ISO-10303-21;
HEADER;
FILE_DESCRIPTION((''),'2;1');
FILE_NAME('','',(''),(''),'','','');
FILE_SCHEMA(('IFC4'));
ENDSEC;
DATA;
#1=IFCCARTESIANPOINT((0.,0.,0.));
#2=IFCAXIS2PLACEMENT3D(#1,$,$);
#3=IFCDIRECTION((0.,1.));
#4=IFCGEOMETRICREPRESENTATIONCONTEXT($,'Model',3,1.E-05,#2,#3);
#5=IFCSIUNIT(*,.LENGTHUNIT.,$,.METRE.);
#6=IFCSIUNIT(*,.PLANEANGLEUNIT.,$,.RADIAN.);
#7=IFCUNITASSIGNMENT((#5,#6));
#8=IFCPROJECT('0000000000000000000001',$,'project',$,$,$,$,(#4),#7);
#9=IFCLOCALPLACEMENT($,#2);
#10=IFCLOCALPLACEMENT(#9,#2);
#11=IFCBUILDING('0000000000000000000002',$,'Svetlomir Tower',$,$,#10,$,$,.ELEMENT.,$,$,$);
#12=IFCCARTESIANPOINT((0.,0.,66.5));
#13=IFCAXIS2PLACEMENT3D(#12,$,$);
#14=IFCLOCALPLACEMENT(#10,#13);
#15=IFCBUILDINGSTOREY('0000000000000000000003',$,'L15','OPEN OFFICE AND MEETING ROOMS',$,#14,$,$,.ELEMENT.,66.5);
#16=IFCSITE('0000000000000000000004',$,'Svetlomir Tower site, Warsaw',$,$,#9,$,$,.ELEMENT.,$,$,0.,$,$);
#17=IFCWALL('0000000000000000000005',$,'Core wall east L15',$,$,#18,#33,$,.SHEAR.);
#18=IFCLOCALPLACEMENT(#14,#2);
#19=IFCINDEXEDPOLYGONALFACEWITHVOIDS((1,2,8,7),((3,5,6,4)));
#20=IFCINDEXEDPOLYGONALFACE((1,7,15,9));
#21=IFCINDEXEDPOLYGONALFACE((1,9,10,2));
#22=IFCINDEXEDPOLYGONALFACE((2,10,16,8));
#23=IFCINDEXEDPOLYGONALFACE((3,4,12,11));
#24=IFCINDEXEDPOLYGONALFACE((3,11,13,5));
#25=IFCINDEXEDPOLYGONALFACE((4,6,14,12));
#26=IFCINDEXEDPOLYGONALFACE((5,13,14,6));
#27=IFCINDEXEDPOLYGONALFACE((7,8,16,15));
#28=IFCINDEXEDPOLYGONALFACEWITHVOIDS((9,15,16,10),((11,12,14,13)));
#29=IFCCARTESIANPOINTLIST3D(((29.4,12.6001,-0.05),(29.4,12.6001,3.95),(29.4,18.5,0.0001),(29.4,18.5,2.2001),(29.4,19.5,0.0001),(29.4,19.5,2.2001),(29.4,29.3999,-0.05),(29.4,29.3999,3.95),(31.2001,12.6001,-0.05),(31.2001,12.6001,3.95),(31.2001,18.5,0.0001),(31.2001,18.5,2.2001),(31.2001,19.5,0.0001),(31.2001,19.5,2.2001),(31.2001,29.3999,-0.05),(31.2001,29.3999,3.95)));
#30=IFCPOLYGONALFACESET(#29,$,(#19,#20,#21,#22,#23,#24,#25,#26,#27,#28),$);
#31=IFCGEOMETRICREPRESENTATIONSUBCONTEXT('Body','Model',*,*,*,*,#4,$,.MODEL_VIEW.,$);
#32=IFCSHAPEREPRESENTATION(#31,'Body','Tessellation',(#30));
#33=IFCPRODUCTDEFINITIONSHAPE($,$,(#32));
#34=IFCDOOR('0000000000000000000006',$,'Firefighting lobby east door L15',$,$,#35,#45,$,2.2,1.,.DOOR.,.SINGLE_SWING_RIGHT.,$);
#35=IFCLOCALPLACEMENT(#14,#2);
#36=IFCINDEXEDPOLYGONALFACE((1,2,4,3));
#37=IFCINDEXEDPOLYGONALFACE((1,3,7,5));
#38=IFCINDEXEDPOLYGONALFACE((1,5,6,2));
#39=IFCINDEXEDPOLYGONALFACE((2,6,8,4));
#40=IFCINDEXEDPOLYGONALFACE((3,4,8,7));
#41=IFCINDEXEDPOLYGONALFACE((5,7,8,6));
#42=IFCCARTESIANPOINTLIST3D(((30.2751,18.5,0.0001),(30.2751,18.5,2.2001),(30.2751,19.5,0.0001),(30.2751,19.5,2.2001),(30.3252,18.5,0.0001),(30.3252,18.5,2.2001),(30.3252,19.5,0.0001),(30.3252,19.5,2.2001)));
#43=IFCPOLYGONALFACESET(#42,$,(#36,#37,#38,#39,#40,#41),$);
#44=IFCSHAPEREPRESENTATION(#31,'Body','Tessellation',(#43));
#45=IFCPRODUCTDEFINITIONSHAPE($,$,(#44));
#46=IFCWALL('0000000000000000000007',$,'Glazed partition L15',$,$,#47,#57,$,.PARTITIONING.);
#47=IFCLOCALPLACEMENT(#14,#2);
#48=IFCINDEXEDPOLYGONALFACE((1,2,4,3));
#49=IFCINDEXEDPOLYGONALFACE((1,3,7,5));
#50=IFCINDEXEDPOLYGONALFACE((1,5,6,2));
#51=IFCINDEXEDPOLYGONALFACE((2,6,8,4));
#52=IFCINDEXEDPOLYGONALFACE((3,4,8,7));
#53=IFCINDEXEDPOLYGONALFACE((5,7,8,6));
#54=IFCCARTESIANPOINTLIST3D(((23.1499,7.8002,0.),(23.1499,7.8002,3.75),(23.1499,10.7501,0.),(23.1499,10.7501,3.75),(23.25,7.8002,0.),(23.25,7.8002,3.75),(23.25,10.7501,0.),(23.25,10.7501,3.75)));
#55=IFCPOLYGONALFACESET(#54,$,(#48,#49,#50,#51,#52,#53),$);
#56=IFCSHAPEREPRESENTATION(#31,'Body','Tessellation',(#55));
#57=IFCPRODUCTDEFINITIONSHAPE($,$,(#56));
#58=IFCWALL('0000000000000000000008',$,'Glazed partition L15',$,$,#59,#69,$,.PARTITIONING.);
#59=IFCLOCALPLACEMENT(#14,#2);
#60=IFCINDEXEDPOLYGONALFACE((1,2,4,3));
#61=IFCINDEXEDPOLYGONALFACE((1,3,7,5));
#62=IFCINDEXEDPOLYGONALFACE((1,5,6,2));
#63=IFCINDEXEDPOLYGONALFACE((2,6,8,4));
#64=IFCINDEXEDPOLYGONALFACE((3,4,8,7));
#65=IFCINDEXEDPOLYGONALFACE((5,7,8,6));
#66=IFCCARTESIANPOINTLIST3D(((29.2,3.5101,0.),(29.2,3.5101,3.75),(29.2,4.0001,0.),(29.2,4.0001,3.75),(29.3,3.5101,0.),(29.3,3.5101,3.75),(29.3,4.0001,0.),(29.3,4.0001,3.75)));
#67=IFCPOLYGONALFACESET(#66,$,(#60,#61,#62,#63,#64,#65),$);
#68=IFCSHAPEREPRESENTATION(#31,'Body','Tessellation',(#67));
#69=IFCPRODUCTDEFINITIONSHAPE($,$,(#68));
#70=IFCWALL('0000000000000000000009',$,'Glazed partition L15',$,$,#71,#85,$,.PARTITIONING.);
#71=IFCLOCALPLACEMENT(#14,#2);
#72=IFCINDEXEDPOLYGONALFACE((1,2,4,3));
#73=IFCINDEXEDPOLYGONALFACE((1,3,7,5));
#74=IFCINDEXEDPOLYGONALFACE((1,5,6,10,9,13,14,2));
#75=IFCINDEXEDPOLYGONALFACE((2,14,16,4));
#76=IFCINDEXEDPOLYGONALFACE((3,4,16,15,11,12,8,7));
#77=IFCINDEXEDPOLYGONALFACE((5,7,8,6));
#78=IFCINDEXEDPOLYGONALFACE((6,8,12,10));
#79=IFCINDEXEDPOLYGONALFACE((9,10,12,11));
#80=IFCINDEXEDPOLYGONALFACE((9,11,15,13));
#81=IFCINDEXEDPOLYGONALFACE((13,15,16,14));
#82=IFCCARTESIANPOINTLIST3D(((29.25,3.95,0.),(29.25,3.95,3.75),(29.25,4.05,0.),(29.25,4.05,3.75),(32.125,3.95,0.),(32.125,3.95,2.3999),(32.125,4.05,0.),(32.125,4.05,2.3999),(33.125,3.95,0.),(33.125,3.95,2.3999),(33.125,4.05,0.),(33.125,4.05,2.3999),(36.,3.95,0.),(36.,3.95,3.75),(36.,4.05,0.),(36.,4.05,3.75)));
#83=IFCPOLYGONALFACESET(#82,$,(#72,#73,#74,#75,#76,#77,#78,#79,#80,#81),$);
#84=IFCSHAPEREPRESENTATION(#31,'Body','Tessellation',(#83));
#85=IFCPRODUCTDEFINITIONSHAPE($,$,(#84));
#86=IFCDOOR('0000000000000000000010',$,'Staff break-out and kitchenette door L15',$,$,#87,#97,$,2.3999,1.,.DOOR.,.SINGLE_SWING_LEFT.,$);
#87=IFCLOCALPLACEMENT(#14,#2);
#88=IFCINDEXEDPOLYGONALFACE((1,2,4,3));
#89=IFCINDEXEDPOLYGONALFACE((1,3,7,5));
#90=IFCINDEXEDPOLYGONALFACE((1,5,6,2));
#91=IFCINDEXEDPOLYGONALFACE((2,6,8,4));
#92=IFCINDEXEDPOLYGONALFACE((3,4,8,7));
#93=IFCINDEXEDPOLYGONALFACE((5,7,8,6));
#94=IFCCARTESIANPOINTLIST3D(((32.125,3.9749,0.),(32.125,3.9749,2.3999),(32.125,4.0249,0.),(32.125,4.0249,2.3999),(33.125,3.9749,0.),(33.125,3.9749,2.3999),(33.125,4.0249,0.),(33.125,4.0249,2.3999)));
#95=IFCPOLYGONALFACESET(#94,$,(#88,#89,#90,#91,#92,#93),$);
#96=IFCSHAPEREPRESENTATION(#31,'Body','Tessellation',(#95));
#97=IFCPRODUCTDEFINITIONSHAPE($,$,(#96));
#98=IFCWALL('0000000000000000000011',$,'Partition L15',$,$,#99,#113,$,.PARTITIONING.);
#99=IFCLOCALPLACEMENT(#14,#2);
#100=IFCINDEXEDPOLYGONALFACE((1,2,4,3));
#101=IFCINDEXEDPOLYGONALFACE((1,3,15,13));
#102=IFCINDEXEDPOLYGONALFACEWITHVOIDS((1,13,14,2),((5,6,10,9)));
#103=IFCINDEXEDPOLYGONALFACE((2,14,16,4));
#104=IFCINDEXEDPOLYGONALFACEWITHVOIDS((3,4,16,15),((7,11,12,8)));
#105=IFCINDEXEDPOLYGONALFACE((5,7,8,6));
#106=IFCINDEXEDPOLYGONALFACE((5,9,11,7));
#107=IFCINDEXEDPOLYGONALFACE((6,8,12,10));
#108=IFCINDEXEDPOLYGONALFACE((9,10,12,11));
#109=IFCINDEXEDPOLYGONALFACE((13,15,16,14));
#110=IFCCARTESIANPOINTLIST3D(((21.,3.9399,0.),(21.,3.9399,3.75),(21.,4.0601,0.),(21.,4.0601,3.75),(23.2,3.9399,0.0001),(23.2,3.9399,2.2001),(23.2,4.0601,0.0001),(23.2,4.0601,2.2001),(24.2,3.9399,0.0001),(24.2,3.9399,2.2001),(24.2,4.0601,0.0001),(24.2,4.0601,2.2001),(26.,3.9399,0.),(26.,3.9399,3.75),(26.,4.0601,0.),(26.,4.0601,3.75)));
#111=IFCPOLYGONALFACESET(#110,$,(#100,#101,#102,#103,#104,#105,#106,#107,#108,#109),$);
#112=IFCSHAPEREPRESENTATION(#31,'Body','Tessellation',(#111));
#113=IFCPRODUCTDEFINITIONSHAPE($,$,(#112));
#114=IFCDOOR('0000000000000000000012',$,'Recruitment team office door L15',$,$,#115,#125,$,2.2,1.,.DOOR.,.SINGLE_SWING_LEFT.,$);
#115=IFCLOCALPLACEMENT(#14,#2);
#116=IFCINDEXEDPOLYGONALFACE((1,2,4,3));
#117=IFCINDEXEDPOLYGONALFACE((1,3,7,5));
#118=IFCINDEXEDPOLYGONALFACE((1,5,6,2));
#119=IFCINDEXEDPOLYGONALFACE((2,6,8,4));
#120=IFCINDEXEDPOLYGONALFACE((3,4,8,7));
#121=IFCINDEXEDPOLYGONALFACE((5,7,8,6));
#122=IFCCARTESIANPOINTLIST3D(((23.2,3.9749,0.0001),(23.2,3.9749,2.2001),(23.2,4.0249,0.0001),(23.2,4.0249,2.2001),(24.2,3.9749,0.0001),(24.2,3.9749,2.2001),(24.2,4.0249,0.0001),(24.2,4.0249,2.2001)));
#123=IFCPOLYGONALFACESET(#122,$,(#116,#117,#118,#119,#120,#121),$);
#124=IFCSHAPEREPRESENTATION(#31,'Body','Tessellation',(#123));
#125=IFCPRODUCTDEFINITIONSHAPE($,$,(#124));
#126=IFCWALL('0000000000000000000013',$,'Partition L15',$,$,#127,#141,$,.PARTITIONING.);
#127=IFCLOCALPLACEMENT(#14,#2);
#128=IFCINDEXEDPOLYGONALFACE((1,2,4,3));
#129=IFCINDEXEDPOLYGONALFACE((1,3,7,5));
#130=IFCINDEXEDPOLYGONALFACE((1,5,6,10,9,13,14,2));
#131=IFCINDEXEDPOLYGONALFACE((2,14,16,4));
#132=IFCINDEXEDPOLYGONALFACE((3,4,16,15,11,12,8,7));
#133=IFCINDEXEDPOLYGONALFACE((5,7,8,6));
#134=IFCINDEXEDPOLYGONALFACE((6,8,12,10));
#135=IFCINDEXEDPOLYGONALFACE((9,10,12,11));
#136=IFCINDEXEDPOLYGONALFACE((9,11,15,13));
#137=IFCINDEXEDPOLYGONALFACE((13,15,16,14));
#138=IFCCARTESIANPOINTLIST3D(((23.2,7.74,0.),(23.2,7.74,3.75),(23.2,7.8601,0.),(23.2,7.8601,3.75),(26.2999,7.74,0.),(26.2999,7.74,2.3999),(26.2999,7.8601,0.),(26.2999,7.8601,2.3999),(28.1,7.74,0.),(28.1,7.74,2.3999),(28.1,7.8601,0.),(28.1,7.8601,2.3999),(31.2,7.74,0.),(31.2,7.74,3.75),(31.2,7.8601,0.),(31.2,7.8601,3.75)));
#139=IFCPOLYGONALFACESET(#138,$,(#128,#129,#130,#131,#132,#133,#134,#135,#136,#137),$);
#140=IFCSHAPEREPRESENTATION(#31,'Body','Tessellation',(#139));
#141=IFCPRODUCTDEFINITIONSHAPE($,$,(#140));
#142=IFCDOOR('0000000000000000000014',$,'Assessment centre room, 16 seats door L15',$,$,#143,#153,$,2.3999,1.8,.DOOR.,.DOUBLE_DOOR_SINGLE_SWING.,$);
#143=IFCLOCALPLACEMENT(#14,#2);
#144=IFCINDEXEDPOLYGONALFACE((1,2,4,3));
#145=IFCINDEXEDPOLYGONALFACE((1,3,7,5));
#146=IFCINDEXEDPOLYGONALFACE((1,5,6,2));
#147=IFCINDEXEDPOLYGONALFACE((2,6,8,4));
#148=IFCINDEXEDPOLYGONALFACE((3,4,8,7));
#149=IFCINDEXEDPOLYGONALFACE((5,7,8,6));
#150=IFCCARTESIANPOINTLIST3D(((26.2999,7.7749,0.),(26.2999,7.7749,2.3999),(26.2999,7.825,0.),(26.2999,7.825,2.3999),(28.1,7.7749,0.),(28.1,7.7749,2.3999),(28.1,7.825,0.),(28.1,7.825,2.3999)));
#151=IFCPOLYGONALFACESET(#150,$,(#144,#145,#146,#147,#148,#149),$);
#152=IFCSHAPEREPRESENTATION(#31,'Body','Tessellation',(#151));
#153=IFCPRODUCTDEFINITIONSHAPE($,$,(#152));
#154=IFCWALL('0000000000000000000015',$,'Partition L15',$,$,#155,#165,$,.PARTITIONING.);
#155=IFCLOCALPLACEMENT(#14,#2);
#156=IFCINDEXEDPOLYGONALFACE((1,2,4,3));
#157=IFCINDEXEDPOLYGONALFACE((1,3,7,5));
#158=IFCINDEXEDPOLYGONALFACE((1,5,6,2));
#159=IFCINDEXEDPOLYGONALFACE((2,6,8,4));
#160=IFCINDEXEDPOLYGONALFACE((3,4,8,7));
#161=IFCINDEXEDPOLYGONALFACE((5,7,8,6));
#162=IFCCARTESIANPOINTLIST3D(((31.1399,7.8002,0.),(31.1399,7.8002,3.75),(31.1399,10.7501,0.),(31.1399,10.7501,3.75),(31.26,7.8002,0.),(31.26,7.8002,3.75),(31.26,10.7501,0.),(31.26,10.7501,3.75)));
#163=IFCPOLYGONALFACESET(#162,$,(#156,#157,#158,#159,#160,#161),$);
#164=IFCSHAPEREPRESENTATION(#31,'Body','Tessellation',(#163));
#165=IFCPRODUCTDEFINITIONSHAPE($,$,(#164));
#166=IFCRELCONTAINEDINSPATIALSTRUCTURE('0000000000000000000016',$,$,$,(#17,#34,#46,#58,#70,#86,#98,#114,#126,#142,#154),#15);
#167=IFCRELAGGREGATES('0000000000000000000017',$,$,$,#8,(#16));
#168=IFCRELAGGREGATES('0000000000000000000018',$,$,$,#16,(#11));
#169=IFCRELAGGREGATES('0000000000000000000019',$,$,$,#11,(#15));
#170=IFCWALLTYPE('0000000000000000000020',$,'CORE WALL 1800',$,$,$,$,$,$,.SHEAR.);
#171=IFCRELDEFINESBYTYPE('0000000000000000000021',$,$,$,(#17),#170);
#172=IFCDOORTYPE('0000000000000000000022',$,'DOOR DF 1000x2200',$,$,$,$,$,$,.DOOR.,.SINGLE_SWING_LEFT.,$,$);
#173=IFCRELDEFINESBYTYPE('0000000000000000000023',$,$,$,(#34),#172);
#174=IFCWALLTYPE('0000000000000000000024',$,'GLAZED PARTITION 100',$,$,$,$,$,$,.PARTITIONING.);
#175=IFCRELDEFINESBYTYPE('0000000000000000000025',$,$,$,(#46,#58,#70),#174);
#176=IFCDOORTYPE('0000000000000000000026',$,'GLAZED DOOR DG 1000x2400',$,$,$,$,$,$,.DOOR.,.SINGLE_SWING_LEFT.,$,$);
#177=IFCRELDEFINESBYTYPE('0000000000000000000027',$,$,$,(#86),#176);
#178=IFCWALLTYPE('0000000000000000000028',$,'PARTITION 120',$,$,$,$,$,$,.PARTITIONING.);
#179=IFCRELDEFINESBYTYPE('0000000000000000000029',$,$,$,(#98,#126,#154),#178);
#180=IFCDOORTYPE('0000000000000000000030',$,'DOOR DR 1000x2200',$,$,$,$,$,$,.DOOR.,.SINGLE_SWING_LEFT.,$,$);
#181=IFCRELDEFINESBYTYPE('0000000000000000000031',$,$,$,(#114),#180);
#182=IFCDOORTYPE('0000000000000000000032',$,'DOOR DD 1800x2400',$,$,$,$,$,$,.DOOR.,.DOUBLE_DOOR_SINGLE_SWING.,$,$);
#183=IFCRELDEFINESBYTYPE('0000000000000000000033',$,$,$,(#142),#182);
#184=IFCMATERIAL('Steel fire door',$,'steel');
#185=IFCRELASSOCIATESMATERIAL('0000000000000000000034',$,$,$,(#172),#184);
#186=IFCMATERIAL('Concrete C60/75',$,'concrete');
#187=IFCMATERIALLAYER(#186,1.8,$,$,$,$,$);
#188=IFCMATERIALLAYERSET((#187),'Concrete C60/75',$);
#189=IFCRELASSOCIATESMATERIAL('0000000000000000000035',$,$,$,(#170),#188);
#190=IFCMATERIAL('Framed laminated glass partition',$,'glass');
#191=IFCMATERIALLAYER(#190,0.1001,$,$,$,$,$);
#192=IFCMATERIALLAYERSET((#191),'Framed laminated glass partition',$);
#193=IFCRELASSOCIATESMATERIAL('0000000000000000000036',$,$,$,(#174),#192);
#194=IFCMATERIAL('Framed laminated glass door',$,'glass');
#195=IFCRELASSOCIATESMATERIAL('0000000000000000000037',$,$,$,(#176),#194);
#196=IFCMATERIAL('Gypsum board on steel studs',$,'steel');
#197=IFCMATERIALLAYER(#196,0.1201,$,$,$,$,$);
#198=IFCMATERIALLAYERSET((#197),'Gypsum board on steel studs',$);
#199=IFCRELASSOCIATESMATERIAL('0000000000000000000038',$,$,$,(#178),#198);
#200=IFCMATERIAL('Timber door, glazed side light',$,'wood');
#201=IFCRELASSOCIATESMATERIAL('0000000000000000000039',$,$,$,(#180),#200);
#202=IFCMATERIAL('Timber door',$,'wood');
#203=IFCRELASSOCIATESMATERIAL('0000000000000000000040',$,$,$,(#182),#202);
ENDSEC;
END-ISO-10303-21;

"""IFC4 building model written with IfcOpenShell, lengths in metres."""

from ifc_helpers import new_model, si_unit, direction, frame, frame_2d, origin, place, context, subcontext, project, spatial, rectangle, extrude, material, layer, layer_set, type_object, element, fill, save


model = new_model("IFC4")

# Units and contexts
model_context = context("Model", 3, precision=1e-05, world=origin(), true_north=direction((0.0, 1.0)))
body_context = subcontext(model_context, "Body", "Model", "MODEL_VIEW")
ifc_project = project(units=[si_unit("LENGTHUNIT", "METRE"), si_unit("PLANEANGLEUNIT", "RADIAN")], contexts=[model_context])

# Site, building, storey
site_placement = place(None, origin())
site = spatial("IfcSite", under=ifc_project, at=site_placement, Name="Svetlomir Tower site, Warsaw", CompositionType="ELEMENT", RefElevation=0.0)
building_placement = place(site_placement, origin())
building = spatial("IfcBuilding", under=site, at=building_placement, Name="Svetlomir Tower", CompositionType="ELEMENT")
storey_placement = place(building_placement, frame((0.0, 0.0, 66.5)))
storey = spatial("IfcBuildingStorey", under=building, at=storey_placement, Name="L15", Description="OPEN OFFICE AND MEETING ROOMS", CompositionType="ELEMENT", Elevation=66.5)

# Shared definitions
ifc_material_1 = material(Name="Steel fire door", Category="steel")
door_type_1 = type_object("IfcDoorType", Name="DOOR DF 1000x2200", OperationType="SINGLE_SWING_LEFT", PredefinedType="DOOR", material=ifc_material_1)

# Wall, opening, door
ifc_material_2 = material(Name="Concrete C60/75", Category="concrete")
ifc_layer_1 = layer(ifc_material_2, 1.8)
ifc_layer_set_1 = layer_set([ifc_layer_1], Name="Concrete C60/75")
wall_type_1 = type_object("IfcWallType", Name="CORE WALL 1800", PredefinedType="SHEAR", material=ifc_layer_set_1)
wall_1_placement = place(storey_placement, frame((30.3, 12.6001, -0.05), z_axis=(0.0, 0.0, 1.0), x_axis=(0.0, 1.0, 0.0)))
wall_1 = element("IfcWall", 1, at=wall_1_placement, inside=storey, type_object=wall_type_1, Name="Core wall east L15", PredefinedType="SHEAR", context=body_context, shape_type="SweptSolid", body=[
    extrude(rectangle(XDim=16.7998, YDim=1.8, at=frame_2d((8.3999, 0.0))), origin(), (0.0, 0.0, 1.0), 4.0),
])
opening_1_placement = place(wall_1_placement, frame((5.8999, 0.0, 0.05)))
opening_1 = element("IfcOpeningElement", 2, at=opening_1_placement, cuts=wall_1, PredefinedType="OPENING", context=body_context, shape_type="SweptSolid", body=[
    extrude(rectangle(XDim=1.0, YDim=2.2, at=frame_2d((0.5, 1.1001))), frame((0.0, 0.9102, 0.0), z_axis=(0.0, -1.0, 0.0), x_axis=(1.0, 0.0, 0.0)), (0.0, 0.0, 1.0), 1.8201),
])
door_1_placement = place(opening_1_placement, origin())
door_1 = element("IfcDoor", 3, at=door_1_placement, inside=storey, type_object=door_type_1, Name="Firefighting lobby east door L15", OperationType="SINGLE_SWING_RIGHT", OverallHeight=2.2, OverallWidth=1.0, PredefinedType="DOOR", context=body_context, shape_type="SweptSolid", body=[
    extrude(rectangle(XDim=1.0, YDim=2.2, at=frame_2d((0.5, 1.1001))), frame((0.0, 0.0249, 0.0), z_axis=(0.0, -1.0, 0.0), x_axis=(1.0, 0.0, 0.0)), (0.0, 0.0, 1.0), 0.05),
])
fill(opening_1, door_1)

# Walls
ifc_material_3 = material(Name="Framed laminated glass partition", Category="glass")
ifc_layer_2 = layer(ifc_material_3, 0.1001)
ifc_layer_set_2 = layer_set([ifc_layer_2], Name="Framed laminated glass partition")
wall_type_2 = type_object("IfcWallType", Name="GLAZED PARTITION 100", PredefinedType="PARTITIONING", material=ifc_layer_set_2)
wall_2_placement = place(storey_placement, frame((23.2, 7.8, 0.0), z_axis=(0.0, 0.0, 1.0), x_axis=(0.0, 1.0, 0.0)))
element("IfcWall", 4, at=wall_2_placement, inside=storey, type_object=wall_type_2, Name="Glazed partition L15", PredefinedType="PARTITIONING", context=body_context, shape_type="SweptSolid", body=[
    extrude(rectangle(XDim=2.95, YDim=0.1001, at=frame_2d((1.4751, 0.0))), origin(), (0.0, 0.0, 1.0), 3.75),
])
wall_3_placement = place(storey_placement, frame((29.25, 3.51, 0.0), z_axis=(0.0, 0.0, 1.0), x_axis=(0.0, 1.0, 0.0)))
element("IfcWall", 5, at=wall_3_placement, inside=storey, type_object=wall_type_2, Name="Glazed partition L15", PredefinedType="PARTITIONING", context=body_context, shape_type="SweptSolid", body=[
    extrude(rectangle(XDim=0.49, YDim=0.1001, at=frame_2d((0.2451, 0.0))), origin(), (0.0, 0.0, 1.0), 3.75),
])

# Walls, openings, doors
wall_4_placement = place(storey_placement, frame((29.25, 4.0, 0.0), z_axis=(0.0, 0.0, 1.0), x_axis=(1.0, 0.0, 0.0)))
wall_4 = element("IfcWall", 6, at=wall_4_placement, inside=storey, type_object=wall_type_2, Name="Glazed partition L15", PredefinedType="PARTITIONING", context=body_context, shape_type="SweptSolid", body=[
    extrude(rectangle(XDim=6.75, YDim=0.1001, at=frame_2d((3.375, 0.0))), origin(), (0.0, 0.0, 1.0), 3.75),
])
opening_2_placement = place(wall_4_placement, frame((2.875, 0.0, 0.0)))
opening_2 = element("IfcOpeningElement", 7, at=opening_2_placement, cuts=wall_4, PredefinedType="OPENING", context=body_context, shape_type="SweptSolid", body=[
    extrude(rectangle(XDim=1.0, YDim=2.3999, at=frame_2d((0.5, 1.2))), frame((0.0, 0.0601, 0.0), z_axis=(0.0, -1.0, 0.0), x_axis=(1.0, 0.0, 0.0)), (0.0, 0.0, 1.0), 0.1201),
])
ifc_material_4 = material(Name="Framed laminated glass door", Category="glass")
door_type_2 = type_object("IfcDoorType", Name="GLAZED DOOR DG 1000x2400", OperationType="SINGLE_SWING_LEFT", PredefinedType="DOOR", material=ifc_material_4)
door_2_placement = place(opening_2_placement, origin())
door_2 = element("IfcDoor", 8, at=door_2_placement, inside=storey, type_object=door_type_2, Name="Staff break-out and kitchenette door L15", OperationType="SINGLE_SWING_LEFT", OverallHeight=2.3999, OverallWidth=1.0, PredefinedType="DOOR", context=body_context, shape_type="SweptSolid", body=[
    extrude(rectangle(XDim=1.0, YDim=2.3999, at=frame_2d((0.5, 1.2))), frame((0.0, 0.0249, 0.0), z_axis=(0.0, -1.0, 0.0), x_axis=(1.0, 0.0, 0.0)), (0.0, 0.0, 1.0), 0.05),
])
fill(opening_2, door_2)
ifc_material_5 = material(Name="Gypsum board on steel studs", Category="steel")
ifc_layer_3 = layer(ifc_material_5, 0.1201)
ifc_layer_set_3 = layer_set([ifc_layer_3], Name="Gypsum board on steel studs")
wall_type_3 = type_object("IfcWallType", Name="PARTITION 120", PredefinedType="PARTITIONING", material=ifc_layer_set_3)
wall_5_placement = place(storey_placement, frame((21.0, 4.0, 0.0), z_axis=(0.0, 0.0, 1.0), x_axis=(1.0, 0.0, 0.0)))
wall_5 = element("IfcWall", 9, at=wall_5_placement, inside=storey, type_object=wall_type_3, Name="Partition L15", PredefinedType="PARTITIONING", context=body_context, shape_type="SweptSolid", body=[
    extrude(rectangle(XDim=5.0, YDim=0.1201, at=frame_2d((2.5, 0.0))), origin(), (0.0, 0.0, 1.0), 3.75),
])
opening_3_placement = place(wall_5_placement, frame((2.2, 0.0, 0.0)))
opening_3 = element("IfcOpeningElement", 10, at=opening_3_placement, cuts=wall_5, PredefinedType="OPENING", context=body_context, shape_type="SweptSolid", body=[
    extrude(rectangle(XDim=1.0, YDim=2.2, at=frame_2d((0.5, 1.1001))), frame((0.0, 0.0701, 0.0), z_axis=(0.0, -1.0, 0.0), x_axis=(1.0, 0.0, 0.0)), (0.0, 0.0, 1.0), 0.1401),
])
ifc_material_6 = material(Name="Timber door, glazed side light", Category="wood")
door_type_3 = type_object("IfcDoorType", Name="DOOR DR 1000x2200", OperationType="SINGLE_SWING_LEFT", PredefinedType="DOOR", material=ifc_material_6)
door_3_placement = place(opening_3_placement, origin())
door_3 = element("IfcDoor", 11, at=door_3_placement, inside=storey, type_object=door_type_3, Name="Recruitment team office door L15", OperationType="SINGLE_SWING_LEFT", OverallHeight=2.2, OverallWidth=1.0, PredefinedType="DOOR", context=body_context, shape_type="SweptSolid", body=[
    extrude(rectangle(XDim=1.0, YDim=2.2, at=frame_2d((0.5, 1.1001))), frame((0.0, 0.0249, 0.0), z_axis=(0.0, -1.0, 0.0), x_axis=(1.0, 0.0, 0.0)), (0.0, 0.0, 1.0), 0.05),
])
fill(opening_3, door_3)
wall_6_placement = place(storey_placement, frame((23.2, 7.8, 0.0), z_axis=(0.0, 0.0, 1.0), x_axis=(1.0, 0.0, 0.0)))
wall_6 = element("IfcWall", 12, at=wall_6_placement, inside=storey, type_object=wall_type_3, Name="Partition L15", PredefinedType="PARTITIONING", context=body_context, shape_type="SweptSolid", body=[
    extrude(rectangle(XDim=8.0, YDim=0.1201, at=frame_2d((4.0, 0.0))), origin(), (0.0, 0.0, 1.0), 3.75),
])
opening_4_placement = place(wall_6_placement, frame((3.1001, 0.0, 0.0)))
opening_4 = element("IfcOpeningElement", 13, at=opening_4_placement, cuts=wall_6, PredefinedType="OPENING", context=body_context, shape_type="SweptSolid", body=[
    extrude(rectangle(XDim=1.8, YDim=2.3999, at=frame_2d((0.8999, 1.2))), frame((0.0, 0.0701, 0.0), z_axis=(0.0, -1.0, 0.0), x_axis=(1.0, 0.0, 0.0)), (0.0, 0.0, 1.0), 0.1401),
])
ifc_material_7 = material(Name="Timber door", Category="wood")
door_type_4 = type_object("IfcDoorType", Name="DOOR DD 1800x2400", OperationType="DOUBLE_DOOR_SINGLE_SWING", PredefinedType="DOOR", material=ifc_material_7)
door_4_placement = place(opening_4_placement, origin())
door_4 = element("IfcDoor", 14, at=door_4_placement, inside=storey, type_object=door_type_4, Name="Assessment centre room, 16 seats door L15", OperationType="DOUBLE_DOOR_SINGLE_SWING", OverallHeight=2.3999, OverallWidth=1.8, PredefinedType="DOOR", context=body_context, shape_type="SweptSolid", body=[
    extrude(rectangle(XDim=1.8, YDim=2.3999, at=frame_2d((0.8999, 1.2))), frame((0.0, 0.0249, 0.0), z_axis=(0.0, -1.0, 0.0), x_axis=(1.0, 0.0, 0.0)), (0.0, 0.0, 1.0), 0.05),
])
fill(opening_4, door_4)

# Wall
wall_7_placement = place(storey_placement, frame((31.2, 7.8, 0.0), z_axis=(0.0, 0.0, 1.0), x_axis=(0.0, 1.0, 0.0)))
element("IfcWall", 15, at=wall_7_placement, inside=storey, type_object=wall_type_3, Name="Partition L15", PredefinedType="PARTITIONING", context=body_context, shape_type="SweptSolid", body=[
    extrude(rectangle(XDim=2.95, YDim=0.1201, at=frame_2d((1.4751, 0.0))), origin(), (0.0, 0.0, 1.0), 3.75),
])

save(model, "model.ifc")
